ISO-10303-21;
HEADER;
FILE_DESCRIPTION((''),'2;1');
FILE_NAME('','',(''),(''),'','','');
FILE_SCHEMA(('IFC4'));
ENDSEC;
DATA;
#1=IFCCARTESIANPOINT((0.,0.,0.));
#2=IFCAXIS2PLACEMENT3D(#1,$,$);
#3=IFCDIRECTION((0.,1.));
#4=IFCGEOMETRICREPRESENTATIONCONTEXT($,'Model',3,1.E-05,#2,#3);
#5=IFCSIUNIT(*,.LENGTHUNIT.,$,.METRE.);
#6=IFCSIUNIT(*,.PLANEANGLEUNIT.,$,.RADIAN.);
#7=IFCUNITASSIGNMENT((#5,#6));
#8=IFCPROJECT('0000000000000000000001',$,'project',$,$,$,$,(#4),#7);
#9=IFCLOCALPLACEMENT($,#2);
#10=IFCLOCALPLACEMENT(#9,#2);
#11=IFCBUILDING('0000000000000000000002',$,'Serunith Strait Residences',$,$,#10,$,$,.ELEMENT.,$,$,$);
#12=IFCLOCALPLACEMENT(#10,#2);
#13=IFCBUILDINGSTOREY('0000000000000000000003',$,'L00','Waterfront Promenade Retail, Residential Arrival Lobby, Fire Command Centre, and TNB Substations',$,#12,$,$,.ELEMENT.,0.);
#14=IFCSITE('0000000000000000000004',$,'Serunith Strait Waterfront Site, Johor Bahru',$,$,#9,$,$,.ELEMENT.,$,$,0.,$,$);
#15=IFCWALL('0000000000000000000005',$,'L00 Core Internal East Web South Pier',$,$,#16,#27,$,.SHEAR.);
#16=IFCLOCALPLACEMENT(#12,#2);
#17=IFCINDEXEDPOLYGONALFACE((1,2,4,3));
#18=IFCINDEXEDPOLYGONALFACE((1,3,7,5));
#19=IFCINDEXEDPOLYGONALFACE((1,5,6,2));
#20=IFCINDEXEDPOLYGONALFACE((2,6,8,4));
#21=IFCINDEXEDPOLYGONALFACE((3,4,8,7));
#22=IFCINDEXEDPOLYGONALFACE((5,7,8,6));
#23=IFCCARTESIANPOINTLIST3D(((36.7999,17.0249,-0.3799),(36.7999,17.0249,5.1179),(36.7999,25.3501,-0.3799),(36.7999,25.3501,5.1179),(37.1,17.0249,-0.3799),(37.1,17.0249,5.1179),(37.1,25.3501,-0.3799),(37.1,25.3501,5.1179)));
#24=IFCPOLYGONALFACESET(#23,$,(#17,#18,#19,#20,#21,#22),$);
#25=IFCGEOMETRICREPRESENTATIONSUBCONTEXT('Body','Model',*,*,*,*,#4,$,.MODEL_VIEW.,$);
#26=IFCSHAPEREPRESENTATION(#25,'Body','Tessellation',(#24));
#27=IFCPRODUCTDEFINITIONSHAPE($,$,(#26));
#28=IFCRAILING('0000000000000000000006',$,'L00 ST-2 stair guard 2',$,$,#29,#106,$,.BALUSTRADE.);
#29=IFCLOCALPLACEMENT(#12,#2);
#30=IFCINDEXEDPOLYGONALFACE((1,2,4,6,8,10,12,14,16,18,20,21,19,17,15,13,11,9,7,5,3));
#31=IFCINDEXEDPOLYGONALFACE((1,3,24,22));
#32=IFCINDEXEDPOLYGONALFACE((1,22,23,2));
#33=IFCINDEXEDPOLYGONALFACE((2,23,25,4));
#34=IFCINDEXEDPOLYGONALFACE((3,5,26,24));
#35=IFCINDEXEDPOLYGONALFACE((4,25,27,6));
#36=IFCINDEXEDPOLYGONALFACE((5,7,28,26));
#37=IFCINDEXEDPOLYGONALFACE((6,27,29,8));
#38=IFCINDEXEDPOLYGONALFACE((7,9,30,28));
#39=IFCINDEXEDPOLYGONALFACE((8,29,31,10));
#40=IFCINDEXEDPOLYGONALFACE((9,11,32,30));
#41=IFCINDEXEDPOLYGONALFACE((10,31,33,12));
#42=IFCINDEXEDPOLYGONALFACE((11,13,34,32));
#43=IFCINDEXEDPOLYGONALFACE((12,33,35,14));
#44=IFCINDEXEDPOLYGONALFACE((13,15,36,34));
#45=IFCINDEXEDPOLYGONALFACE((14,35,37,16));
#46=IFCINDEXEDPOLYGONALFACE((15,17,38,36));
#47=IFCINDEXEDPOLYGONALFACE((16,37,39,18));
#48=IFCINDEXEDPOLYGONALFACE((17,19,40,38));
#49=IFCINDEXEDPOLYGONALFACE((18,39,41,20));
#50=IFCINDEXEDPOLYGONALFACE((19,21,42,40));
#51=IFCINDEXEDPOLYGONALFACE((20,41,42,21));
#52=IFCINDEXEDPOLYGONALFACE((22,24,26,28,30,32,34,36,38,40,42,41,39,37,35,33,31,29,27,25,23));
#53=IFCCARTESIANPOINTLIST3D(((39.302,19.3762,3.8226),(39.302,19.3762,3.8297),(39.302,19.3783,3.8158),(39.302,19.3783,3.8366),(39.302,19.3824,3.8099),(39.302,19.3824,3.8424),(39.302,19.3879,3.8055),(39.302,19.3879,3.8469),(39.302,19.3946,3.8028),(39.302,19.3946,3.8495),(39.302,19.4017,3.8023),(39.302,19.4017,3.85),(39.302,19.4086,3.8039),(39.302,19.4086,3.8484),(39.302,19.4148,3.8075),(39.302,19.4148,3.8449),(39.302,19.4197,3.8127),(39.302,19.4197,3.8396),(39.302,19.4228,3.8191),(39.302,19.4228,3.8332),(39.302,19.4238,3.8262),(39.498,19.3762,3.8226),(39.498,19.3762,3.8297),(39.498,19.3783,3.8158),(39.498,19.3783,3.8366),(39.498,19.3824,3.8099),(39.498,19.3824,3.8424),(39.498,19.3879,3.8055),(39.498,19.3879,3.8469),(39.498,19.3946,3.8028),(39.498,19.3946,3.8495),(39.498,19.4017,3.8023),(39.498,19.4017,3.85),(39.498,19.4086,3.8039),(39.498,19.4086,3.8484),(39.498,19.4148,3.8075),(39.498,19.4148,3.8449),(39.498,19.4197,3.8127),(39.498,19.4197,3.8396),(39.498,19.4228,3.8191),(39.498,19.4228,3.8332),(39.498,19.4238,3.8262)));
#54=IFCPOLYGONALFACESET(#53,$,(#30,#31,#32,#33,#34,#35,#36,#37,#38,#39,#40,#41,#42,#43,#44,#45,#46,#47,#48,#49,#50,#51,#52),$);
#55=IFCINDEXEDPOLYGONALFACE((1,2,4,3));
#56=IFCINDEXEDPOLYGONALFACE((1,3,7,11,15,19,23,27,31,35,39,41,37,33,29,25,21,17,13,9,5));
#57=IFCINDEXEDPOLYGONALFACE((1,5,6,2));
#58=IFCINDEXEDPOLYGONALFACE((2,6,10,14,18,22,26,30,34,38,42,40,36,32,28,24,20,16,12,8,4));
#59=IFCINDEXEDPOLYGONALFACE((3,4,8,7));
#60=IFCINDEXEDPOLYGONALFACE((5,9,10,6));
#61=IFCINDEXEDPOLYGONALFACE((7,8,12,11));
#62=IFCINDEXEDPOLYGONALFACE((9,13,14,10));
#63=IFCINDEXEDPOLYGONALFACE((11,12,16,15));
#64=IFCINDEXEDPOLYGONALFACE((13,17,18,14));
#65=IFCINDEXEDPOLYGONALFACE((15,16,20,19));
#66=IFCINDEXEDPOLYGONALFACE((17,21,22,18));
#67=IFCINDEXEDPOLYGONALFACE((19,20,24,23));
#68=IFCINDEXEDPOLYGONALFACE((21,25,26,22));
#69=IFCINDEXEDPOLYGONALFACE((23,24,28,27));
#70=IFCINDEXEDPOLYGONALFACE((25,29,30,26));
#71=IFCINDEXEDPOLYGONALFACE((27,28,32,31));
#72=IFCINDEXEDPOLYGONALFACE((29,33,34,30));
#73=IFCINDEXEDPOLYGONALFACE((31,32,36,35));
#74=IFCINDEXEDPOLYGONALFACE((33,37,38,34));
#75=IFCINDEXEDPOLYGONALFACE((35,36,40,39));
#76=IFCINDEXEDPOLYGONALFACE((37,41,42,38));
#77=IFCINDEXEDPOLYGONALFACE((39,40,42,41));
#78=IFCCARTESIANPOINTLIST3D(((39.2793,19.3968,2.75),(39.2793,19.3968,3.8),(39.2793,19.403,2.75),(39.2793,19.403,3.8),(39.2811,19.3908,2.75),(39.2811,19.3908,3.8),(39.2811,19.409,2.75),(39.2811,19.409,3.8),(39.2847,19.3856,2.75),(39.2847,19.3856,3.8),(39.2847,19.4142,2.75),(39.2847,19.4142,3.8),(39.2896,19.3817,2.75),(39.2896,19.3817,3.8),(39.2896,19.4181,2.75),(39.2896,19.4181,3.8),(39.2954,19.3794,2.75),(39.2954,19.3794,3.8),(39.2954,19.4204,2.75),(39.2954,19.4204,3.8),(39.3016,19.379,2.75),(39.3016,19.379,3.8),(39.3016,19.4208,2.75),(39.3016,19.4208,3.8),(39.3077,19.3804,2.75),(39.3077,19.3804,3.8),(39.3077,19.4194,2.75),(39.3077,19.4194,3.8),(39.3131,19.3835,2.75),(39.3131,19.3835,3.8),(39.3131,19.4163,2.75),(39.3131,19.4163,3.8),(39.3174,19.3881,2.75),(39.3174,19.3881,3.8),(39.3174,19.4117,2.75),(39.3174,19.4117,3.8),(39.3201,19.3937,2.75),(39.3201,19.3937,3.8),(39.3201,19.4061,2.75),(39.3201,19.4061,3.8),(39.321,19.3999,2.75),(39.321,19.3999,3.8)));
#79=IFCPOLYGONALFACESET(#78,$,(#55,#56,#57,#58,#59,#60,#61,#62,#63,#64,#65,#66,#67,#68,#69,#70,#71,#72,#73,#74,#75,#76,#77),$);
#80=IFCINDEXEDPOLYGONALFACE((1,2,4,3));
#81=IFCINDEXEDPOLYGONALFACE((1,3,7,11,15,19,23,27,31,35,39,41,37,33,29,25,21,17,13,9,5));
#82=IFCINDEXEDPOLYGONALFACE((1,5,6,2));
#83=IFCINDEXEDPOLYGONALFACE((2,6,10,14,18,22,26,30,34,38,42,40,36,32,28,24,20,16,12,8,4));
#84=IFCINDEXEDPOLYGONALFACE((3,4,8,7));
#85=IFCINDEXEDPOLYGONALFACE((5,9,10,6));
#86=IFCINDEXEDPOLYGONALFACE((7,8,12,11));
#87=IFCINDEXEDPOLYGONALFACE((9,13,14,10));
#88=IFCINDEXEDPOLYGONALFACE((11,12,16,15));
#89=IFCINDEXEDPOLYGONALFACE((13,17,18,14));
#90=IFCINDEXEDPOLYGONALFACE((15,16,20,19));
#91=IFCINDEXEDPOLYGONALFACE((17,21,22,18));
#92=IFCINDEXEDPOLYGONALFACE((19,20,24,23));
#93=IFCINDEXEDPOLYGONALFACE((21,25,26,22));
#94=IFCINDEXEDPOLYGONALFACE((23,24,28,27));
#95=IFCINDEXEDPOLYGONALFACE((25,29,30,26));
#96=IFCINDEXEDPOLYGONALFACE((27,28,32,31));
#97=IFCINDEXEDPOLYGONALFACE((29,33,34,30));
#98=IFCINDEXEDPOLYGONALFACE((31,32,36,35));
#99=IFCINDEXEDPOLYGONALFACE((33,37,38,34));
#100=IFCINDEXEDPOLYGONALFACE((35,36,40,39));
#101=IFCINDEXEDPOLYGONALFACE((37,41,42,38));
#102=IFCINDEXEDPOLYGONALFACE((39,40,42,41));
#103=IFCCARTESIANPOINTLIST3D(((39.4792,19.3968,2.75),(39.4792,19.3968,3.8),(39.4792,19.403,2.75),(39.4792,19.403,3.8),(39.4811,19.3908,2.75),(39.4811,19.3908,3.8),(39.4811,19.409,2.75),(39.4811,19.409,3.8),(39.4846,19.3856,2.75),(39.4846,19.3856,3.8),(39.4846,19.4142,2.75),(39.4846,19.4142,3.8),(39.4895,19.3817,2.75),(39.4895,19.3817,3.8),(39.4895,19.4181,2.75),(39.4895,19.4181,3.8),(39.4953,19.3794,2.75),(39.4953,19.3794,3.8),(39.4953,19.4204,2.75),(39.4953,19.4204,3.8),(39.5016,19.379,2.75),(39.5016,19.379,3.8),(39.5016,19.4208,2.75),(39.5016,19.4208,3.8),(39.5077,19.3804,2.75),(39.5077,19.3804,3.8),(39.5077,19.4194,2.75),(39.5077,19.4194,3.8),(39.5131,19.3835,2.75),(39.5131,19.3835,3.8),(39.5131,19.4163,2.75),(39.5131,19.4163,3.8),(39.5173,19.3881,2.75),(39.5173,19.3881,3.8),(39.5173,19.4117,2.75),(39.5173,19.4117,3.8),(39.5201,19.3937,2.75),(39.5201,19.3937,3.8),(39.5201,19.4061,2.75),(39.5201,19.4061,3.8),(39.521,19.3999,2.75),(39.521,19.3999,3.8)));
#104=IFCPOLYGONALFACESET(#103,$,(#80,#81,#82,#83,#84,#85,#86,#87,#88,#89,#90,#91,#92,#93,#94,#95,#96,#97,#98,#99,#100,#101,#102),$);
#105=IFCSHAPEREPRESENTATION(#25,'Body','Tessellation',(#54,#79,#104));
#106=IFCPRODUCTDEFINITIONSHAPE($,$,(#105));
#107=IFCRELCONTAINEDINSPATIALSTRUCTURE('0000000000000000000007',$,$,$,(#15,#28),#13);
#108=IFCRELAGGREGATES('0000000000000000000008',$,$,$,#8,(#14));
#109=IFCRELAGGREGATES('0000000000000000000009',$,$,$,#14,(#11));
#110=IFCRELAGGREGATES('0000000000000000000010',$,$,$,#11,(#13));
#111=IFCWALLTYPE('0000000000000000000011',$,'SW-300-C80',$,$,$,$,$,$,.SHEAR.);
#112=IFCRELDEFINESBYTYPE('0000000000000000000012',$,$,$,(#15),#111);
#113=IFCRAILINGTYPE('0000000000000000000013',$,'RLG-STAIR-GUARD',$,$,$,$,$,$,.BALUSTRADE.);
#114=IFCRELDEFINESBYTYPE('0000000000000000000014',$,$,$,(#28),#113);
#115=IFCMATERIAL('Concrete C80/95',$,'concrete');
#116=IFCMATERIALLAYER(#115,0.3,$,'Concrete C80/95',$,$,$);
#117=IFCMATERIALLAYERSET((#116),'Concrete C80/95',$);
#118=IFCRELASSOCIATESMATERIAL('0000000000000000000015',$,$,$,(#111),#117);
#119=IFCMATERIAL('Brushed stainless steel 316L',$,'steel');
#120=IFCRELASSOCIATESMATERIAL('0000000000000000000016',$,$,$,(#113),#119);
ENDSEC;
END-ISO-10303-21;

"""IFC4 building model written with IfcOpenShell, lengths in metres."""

from ifc_helpers import new_model, si_unit, direction, frame, frame_2d, origin, origin_2d, place, context, subcontext, project, spatial, rectangle, circle, extrude, material, layer, layer_set, type_object, element, save


model = new_model("IFC4")

# Units and contexts
model_context = context("Model", 3, precision=1e-05, world=origin(), true_north=direction((0.0, 1.0)))
body_context = subcontext(model_context, "Body", "Model", "MODEL_VIEW")
ifc_project = project(units=[si_unit("LENGTHUNIT", "METRE"), si_unit("PLANEANGLEUNIT", "RADIAN")], contexts=[model_context])

# Site, building, storey
site_placement = place(None, origin())
site = spatial("IfcSite", under=ifc_project, at=site_placement, Name="Serunith Strait Waterfront Site, Johor Bahru", CompositionType="ELEMENT", RefElevation=0.0)
building_placement = place(site_placement, origin())
building = spatial("IfcBuilding", under=site, at=building_placement, Name="Serunith Strait Residences", CompositionType="ELEMENT")
storey_placement = place(building_placement, origin())
storey = spatial("IfcBuildingStorey", under=building, at=storey_placement, Name="L00", Description="Waterfront Promenade Retail, Residential Arrival Lobby, Fire Command Centre, and TNB Substations", CompositionType="ELEMENT", Elevation=0.0)

# Wall
ifc_material_1 = material(Name="Concrete C80/95", Category="concrete")
ifc_layer_1 = layer(ifc_material_1, 0.3, Name="Concrete C80/95")
ifc_layer_set_1 = layer_set([ifc_layer_1], Name="Concrete C80/95")
wall_type_1 = type_object("IfcWallType", Name="SW-300-C80", PredefinedType="SHEAR", material=ifc_layer_set_1)
wall_1_placement = place(storey_placement, frame((36.95, 17.0249, -0.3799), z_axis=(0.0, 0.0, 1.0), x_axis=(0.0, 1.0, 0.0)))
element("IfcWall", 1, at=wall_1_placement, inside=storey, type_object=wall_type_1, Name="L00 Core Internal East Web South Pier", PredefinedType="SHEAR", context=body_context, shape_type="SweptSolid", body=[
    extrude(rectangle(XDim=8.3252, YDim=0.3, at=frame_2d((4.1626, 0.0))), origin(), (0.0, 0.0, 1.0), 5.4978),
])

# Railing
ifc_material_2 = material(Name="Brushed stainless steel 316L", Category="steel")
railing_type = type_object("IfcRailingType", Name="RLG-STAIR-GUARD", PredefinedType="BALUSTRADE", material=ifc_material_2)
railing_1_placement = place(storey_placement, frame((39.3, 19.3999, 2.75)))
element("IfcRailing", 2, at=railing_1_placement, inside=storey, type_object=railing_type, Name="L00 ST-2 stair guard 2", PredefinedType="BALUSTRADE", context=body_context, shape_type="SweptSolid", body=[
    extrude(circle(Radius=0.0239, at=origin_2d()), frame((0.002, 0.0, 1.0762), z_axis=(1.0, 0.0, 0.0), x_axis=(0.0, 1.0, 0.0)), (0.0, 0.0, 1.0), 0.196),
    extrude(circle(Radius=0.021, at=origin_2d()), origin(), (0.0, 0.0, 1.0), 1.05),
    extrude(circle(Radius=0.021, at=origin_2d()), frame((0.2, 0.0, 0.0)), (0.0, 0.0, 1.0), 1.05),
])

save(model, "model.ifc")
